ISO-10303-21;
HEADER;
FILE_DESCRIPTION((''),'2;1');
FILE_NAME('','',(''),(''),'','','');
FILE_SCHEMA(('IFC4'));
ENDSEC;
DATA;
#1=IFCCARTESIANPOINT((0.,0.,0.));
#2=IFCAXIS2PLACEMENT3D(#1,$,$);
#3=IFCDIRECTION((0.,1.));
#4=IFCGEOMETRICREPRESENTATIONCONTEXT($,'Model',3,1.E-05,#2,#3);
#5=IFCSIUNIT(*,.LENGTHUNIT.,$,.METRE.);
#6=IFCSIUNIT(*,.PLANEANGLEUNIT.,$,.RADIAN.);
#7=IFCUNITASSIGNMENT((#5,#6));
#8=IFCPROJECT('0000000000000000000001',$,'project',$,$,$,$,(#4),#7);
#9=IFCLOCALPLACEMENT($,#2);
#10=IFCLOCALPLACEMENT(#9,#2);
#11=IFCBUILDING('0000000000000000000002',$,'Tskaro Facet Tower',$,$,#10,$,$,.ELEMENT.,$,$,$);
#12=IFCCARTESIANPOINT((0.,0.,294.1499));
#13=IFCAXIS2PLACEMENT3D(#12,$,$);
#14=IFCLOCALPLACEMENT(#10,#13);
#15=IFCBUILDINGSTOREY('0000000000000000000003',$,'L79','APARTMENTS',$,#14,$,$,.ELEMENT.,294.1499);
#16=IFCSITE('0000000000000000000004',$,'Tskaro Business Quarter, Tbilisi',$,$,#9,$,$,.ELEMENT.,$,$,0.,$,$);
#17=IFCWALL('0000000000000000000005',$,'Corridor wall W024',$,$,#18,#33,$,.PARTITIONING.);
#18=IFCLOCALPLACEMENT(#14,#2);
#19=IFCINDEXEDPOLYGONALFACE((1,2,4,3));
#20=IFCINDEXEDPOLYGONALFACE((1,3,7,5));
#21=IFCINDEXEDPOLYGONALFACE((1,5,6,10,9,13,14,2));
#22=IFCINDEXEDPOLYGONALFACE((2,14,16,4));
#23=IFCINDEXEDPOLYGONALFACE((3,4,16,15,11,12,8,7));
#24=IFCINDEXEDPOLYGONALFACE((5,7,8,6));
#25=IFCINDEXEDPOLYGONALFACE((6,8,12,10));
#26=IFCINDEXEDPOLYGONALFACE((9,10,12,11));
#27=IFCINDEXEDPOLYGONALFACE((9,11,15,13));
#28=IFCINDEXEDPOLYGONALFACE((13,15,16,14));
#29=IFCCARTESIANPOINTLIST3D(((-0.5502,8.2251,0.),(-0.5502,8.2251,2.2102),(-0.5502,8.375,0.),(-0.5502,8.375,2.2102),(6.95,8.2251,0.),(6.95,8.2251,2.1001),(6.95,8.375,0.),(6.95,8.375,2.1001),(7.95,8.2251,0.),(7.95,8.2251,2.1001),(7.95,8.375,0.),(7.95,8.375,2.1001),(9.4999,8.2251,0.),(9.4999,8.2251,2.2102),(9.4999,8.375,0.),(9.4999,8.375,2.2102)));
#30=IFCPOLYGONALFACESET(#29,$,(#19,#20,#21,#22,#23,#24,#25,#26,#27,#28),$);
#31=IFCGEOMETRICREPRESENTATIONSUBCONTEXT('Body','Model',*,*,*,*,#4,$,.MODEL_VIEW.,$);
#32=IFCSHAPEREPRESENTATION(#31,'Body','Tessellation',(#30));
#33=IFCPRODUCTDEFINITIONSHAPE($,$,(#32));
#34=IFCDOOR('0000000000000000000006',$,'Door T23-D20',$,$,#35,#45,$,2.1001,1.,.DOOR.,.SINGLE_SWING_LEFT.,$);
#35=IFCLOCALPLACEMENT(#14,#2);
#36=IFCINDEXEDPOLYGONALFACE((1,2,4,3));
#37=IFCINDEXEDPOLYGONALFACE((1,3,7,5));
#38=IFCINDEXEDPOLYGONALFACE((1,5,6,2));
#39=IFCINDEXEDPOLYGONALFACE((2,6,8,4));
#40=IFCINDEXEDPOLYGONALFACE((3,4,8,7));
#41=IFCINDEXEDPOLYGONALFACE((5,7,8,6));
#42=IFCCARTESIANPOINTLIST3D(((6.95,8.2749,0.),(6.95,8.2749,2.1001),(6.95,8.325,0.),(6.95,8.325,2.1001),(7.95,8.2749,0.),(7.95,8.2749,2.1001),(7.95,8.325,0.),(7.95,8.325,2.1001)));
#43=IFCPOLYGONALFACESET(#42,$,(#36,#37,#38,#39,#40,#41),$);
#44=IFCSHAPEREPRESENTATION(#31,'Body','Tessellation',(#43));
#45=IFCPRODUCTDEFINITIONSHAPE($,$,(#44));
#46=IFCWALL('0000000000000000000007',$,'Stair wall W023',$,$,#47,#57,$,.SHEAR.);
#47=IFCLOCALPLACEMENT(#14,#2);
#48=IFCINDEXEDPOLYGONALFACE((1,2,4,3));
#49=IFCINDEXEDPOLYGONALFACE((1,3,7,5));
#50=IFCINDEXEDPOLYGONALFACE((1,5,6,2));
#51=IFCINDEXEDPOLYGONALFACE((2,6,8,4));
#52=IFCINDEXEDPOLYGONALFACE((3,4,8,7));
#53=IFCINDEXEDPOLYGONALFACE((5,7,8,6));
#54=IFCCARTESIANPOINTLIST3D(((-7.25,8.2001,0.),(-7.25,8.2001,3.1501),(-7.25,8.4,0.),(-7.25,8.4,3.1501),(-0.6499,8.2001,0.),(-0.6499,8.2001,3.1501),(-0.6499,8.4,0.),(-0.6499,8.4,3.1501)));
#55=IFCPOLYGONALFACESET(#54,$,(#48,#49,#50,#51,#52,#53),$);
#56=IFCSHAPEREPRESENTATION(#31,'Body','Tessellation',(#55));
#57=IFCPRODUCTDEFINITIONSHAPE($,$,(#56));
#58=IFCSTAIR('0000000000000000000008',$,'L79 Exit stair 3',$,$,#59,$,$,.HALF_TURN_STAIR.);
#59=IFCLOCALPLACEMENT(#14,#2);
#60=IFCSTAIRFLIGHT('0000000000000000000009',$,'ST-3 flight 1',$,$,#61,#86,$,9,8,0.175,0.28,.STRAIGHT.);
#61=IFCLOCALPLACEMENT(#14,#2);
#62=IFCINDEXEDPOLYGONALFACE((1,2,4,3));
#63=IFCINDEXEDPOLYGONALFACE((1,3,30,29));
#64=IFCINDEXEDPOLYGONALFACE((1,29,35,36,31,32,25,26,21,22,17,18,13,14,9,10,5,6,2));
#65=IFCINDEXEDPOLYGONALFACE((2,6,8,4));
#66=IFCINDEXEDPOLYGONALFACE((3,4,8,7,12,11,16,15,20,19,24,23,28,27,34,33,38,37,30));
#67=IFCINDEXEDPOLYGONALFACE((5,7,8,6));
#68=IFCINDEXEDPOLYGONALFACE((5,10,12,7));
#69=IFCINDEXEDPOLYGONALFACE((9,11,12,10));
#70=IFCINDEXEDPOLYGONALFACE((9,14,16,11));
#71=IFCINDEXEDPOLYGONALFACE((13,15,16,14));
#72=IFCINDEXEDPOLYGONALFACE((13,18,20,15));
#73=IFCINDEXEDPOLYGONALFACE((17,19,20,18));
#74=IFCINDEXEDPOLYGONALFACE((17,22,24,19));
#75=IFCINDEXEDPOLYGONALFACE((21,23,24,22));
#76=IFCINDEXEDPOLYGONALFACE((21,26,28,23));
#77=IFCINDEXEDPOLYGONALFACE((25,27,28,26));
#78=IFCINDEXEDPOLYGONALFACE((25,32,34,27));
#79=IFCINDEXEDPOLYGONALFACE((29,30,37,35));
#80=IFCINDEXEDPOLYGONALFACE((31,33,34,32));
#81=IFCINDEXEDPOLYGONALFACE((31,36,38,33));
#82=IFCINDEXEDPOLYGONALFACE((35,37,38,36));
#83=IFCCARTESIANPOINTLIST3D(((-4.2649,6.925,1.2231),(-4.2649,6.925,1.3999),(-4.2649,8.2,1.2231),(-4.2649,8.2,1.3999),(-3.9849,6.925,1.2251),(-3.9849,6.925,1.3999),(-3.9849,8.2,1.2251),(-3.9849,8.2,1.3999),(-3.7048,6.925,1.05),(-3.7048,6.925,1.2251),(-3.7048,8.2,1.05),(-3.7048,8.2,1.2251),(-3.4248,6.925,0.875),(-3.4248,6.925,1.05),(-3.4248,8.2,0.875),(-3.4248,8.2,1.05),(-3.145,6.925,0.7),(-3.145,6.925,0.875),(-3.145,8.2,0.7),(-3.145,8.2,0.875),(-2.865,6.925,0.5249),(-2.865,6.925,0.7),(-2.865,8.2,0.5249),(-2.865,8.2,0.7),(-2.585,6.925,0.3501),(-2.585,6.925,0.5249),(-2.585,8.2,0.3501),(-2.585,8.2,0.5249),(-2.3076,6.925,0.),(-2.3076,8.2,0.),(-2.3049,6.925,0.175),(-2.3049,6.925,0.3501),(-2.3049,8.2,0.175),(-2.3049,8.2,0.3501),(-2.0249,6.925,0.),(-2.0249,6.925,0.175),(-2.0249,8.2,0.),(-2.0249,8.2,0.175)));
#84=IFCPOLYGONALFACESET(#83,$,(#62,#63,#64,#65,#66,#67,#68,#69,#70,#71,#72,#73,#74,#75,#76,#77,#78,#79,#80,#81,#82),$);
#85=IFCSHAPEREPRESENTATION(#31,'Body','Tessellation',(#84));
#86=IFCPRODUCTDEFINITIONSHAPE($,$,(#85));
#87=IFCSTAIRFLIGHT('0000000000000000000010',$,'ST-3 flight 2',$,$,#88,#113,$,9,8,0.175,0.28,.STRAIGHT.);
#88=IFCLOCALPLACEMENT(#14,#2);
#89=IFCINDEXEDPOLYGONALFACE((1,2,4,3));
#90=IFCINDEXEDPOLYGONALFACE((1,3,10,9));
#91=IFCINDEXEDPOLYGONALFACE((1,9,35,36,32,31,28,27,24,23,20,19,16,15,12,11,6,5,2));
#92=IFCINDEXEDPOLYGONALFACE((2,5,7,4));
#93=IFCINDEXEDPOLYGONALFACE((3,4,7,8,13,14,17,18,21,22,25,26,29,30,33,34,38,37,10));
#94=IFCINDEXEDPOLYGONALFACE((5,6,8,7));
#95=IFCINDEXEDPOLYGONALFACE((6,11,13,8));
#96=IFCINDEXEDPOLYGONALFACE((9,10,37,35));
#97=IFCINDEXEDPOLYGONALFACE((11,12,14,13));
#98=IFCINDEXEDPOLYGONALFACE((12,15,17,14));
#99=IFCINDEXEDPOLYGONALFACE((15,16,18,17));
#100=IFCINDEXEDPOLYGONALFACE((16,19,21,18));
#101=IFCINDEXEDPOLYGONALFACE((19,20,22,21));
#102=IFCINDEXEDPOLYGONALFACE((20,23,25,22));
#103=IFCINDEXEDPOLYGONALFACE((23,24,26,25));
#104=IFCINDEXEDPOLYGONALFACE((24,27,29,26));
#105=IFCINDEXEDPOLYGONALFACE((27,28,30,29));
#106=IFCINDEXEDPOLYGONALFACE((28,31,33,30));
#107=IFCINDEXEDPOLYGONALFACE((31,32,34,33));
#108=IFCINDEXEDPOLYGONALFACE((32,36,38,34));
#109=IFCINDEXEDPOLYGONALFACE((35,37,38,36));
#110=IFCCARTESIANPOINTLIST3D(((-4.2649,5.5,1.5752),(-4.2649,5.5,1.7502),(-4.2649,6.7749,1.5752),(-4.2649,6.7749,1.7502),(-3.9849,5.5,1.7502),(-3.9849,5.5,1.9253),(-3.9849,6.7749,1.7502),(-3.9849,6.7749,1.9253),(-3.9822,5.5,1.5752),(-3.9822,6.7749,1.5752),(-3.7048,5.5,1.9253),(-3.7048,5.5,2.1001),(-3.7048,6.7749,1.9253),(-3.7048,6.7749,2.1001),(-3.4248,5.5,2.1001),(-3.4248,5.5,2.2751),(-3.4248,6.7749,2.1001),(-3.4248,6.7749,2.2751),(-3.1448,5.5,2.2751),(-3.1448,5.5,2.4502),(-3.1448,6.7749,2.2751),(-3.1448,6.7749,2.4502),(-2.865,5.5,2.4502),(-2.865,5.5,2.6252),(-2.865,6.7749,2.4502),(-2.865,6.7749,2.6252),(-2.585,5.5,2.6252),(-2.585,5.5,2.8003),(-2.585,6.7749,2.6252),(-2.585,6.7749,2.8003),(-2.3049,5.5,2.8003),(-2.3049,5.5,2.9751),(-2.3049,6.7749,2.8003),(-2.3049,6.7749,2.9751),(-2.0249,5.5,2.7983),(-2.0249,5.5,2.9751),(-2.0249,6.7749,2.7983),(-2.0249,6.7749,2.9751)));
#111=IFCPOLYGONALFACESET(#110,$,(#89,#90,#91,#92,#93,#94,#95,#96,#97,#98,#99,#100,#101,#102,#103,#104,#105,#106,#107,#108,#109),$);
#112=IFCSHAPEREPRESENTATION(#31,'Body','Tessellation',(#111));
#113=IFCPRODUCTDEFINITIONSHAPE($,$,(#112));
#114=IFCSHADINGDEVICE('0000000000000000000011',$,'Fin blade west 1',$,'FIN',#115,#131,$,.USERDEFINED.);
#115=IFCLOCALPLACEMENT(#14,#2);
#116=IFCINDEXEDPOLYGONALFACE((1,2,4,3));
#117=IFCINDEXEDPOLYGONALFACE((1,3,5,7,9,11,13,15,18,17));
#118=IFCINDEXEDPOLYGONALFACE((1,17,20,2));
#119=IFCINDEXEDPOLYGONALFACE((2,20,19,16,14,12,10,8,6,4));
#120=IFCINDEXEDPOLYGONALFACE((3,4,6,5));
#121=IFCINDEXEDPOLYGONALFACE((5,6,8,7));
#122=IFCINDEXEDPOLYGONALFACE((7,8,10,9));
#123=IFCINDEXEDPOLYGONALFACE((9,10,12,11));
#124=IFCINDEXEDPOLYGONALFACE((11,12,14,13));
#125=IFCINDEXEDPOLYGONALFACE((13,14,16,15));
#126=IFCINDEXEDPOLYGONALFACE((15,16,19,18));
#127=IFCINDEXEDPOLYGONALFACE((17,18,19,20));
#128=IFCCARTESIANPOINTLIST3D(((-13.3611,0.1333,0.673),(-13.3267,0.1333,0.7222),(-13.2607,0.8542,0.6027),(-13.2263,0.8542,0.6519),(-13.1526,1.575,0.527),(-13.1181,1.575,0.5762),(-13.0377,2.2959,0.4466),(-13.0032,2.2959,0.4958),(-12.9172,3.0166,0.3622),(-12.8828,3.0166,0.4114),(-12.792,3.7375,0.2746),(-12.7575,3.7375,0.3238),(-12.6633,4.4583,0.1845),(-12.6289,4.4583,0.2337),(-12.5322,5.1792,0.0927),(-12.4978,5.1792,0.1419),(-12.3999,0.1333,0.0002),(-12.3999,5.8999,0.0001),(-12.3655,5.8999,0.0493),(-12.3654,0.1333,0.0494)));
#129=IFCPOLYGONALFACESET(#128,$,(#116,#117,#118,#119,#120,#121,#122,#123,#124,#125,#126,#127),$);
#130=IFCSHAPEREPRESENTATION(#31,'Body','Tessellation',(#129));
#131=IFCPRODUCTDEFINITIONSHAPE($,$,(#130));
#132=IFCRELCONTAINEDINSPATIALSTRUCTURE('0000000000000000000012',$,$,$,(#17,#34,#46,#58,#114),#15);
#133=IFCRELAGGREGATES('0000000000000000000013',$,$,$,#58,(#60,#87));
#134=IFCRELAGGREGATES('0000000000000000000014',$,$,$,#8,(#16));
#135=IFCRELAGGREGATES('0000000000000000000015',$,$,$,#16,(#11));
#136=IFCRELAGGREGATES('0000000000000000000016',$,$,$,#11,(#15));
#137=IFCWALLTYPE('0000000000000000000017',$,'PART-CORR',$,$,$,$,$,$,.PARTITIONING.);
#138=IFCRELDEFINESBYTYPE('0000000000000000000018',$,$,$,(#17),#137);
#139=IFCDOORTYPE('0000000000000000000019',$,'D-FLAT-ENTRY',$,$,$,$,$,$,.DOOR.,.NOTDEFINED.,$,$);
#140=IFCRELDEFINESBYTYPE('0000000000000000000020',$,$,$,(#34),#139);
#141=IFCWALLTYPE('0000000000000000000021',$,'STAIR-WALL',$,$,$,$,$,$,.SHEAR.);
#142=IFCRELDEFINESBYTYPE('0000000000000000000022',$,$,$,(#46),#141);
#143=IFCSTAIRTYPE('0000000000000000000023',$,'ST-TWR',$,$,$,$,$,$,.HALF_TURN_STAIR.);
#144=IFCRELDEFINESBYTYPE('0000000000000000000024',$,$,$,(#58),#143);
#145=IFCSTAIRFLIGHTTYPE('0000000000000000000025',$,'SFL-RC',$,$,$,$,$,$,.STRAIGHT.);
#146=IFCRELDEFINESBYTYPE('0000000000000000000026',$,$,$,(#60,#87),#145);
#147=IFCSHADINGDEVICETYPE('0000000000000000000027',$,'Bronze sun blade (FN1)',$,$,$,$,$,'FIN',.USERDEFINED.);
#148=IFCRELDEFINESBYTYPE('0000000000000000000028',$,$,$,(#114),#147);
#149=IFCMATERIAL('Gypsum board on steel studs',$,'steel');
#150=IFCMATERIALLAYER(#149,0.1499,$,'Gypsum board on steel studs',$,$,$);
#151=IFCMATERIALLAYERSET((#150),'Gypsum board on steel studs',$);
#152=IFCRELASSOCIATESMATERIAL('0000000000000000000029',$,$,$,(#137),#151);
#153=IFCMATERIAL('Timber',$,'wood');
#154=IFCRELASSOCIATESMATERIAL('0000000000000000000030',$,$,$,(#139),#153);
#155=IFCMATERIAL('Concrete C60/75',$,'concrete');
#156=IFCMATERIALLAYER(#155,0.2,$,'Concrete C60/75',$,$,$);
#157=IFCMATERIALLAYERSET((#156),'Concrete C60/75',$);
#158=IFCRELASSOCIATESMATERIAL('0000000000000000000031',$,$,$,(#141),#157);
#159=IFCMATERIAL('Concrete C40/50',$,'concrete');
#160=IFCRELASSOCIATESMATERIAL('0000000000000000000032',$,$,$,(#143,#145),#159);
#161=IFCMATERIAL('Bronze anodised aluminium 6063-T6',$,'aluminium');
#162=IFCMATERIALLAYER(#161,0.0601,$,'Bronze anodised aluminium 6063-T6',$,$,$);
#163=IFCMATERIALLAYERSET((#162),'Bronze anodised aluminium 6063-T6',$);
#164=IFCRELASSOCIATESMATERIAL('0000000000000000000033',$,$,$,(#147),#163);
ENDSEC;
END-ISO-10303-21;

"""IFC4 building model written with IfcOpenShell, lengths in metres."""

from ifc_helpers import new_model, si_unit, direction, frame, frame_2d, origin, place, context, subcontext, project, spatial, polyline, rectangle, outline, extrude, material, layer, layer_set, type_object, element, fill, aggregate, save


model = new_model("IFC4")

# Units and contexts
model_context = context("Model", 3, precision=1e-05, world=origin(), true_north=direction((0.0, 1.0)))
body_context = subcontext(model_context, "Body", "Model", "MODEL_VIEW")
ifc_project = project(units=[si_unit("LENGTHUNIT", "METRE"), si_unit("PLANEANGLEUNIT", "RADIAN")], contexts=[model_context])

# Site, building, storey
site_placement = place(None, origin())
site = spatial("IfcSite", under=ifc_project, at=site_placement, Name="Tskaro Business Quarter, Tbilisi", CompositionType="ELEMENT", RefElevation=0.0)
building_placement = place(site_placement, origin())
building = spatial("IfcBuilding", under=site, at=building_placement, Name="Tskaro Facet Tower", CompositionType="ELEMENT")
storey_placement = place(building_placement, frame((0.0, 0.0, 294.1499)))
storey = spatial("IfcBuildingStorey", under=building, at=storey_placement, Name="L79", Description="APARTMENTS", CompositionType="ELEMENT", Elevation=294.1499)

# Shared definitions
ifc_material_1 = material(Name="Bronze anodised aluminium 6063-T6", Category="aluminium")

# Shared definitions
ifc_material_2 = material(Name="Gypsum board on steel studs", Category="steel")

# Shared definitions
ifc_material_3 = material(Name="Timber", Category="wood")

# Wall, opening, door
ifc_layer_1 = layer(ifc_material_2, 0.1499, Name="Gypsum board on steel studs")
ifc_layer_set_1 = layer_set([ifc_layer_1], Name="Gypsum board on steel studs")
wall_type_1 = type_object("IfcWallType", Name="PART-CORR", PredefinedType="PARTITIONING", material=ifc_layer_set_1)
door_type_1 = type_object("IfcDoorType", Name="D-FLAT-ENTRY", OperationType="NOTDEFINED", PredefinedType="DOOR", material=ifc_material_3)
wall_1_placement = place(storey_placement, frame((-0.55, 8.3, 0.0), z_axis=(0.0, 0.0, 1.0), x_axis=(1.0, 0.0, 0.0)))
wall_1 = element("IfcWall", 1, at=wall_1_placement, inside=storey, type_object=wall_type_1, Name="Corridor wall W024", PredefinedType="PARTITIONING", context=body_context, shape_type="SweptSolid", body=[
    extrude(rectangle(XDim=10.05, YDim=0.1499, at=frame_2d((5.0249, 0.0))), origin(), (0.0, 0.0, 1.0), 2.2102),
])
opening_1_placement = place(wall_1_placement, frame((7.5, 0.0, 0.0)))
opening_1 = element("IfcOpeningElement", 2, at=opening_1_placement, cuts=wall_1, PredefinedType="OPENING", context=body_context, shape_type="SweptSolid", body=[
    extrude(rectangle(XDim=1.0, YDim=2.1001, at=frame_2d((0.5, 1.05))), frame((0.0, 0.085, 0.0), z_axis=(0.0, -1.0, 0.0), x_axis=(1.0, 0.0, 0.0)), (0.0, 0.0, 1.0), 0.1699),
])
door_1_placement = place(opening_1_placement, origin())
door_1 = element("IfcDoor", 3, at=door_1_placement, inside=storey, type_object=door_type_1, Name="Door T23-D20", OperationType="SINGLE_SWING_LEFT", OverallHeight=2.1001, OverallWidth=1.0, PredefinedType="DOOR", context=body_context, shape_type="SweptSolid", body=[
    extrude(rectangle(XDim=1.0, YDim=2.1001, at=frame_2d((0.5, 1.05))), frame((0.0, 0.0249, 0.0), z_axis=(0.0, -1.0, 0.0), x_axis=(1.0, 0.0, 0.0)), (0.0, 0.0, 1.0), 0.05),
])
fill(opening_1, door_1)

# Wall
ifc_material_4 = material(Name="Concrete C60/75", Category="concrete")
ifc_layer_2 = layer(ifc_material_4, 0.2, Name="Concrete C60/75")
ifc_layer_set_2 = layer_set([ifc_layer_2], Name="Concrete C60/75")
wall_type_2 = type_object("IfcWallType", Name="STAIR-WALL", PredefinedType="SHEAR", material=ifc_layer_set_2)
wall_2_placement = place(storey_placement, frame((-7.25, 8.3, 0.0), z_axis=(0.0, 0.0, 1.0), x_axis=(1.0, 0.0, 0.0)))
element("IfcWall", 4, at=wall_2_placement, inside=storey, type_object=wall_type_2, Name="Stair wall W023", PredefinedType="SHEAR", context=body_context, shape_type="SweptSolid", body=[
    extrude(rectangle(XDim=6.6001, YDim=0.2, at=frame_2d((3.3, 0.0))), origin(), (0.0, 0.0, 1.0), 3.1501),
])

# Stair, stair flights
ifc_material_5 = material(Name="Concrete C40/50", Category="concrete")
stair_type = type_object("IfcStairType", Name="ST-TWR", PredefinedType="HALF_TURN_STAIR", material=ifc_material_5)
stair_placement = place(storey_placement, origin())
stair = element("IfcStair", 5, at=stair_placement, inside=storey, type_object=stair_type, Name="L79 Exit stair 3", PredefinedType="HALF_TURN_STAIR")
stair_flight_type = type_object("IfcStairFlightType", Name="SFL-RC", PredefinedType="STRAIGHT", material=ifc_material_5)
stair_flight_1_placement = place(storey_placement, frame((-2.0249, 7.5625, 0.0), z_axis=(0.0, 0.0, 1.0), x_axis=(-1.0, 0.0, 0.0)))
stair_flight_1 = element("IfcStairFlight", 6, at=stair_flight_1_placement, type_object=stair_flight_type, Name="ST-3 flight 1", NumberOfRisers=9, NumberOfTreads=8, PredefinedType="STRAIGHT", RiserHeight=0.175, TreadLength=0.28, context=body_context, shape_type="SweptSolid", body=[
    extrude(outline(polyline([(0.0, 0.0), (0.0, 0.175), (0.28, 0.175), (0.28, 0.3501), (0.5601, 0.3501), (0.5601, 0.5249), (0.8401, 0.5249), (0.8401, 0.7), (1.1201, 0.7), (1.1201, 0.875), (1.3999, 0.875), (1.3999, 1.05), (1.6799, 1.05), (1.6799, 1.2251), (1.96, 1.2251), (1.96, 1.3999), (2.24, 1.3999), (2.24, 1.575), (2.24, 1.2231), (0.2827, 0.0), (0.0, 0.0)])), frame((0.0, 0.6375, 0.0), z_axis=(0.0, -1.0, 0.0), x_axis=(1.0, 0.0, 0.0)), (0.0, 0.0, 1.0), 1.2749),
])
stair_flight_2_placement = place(storey_placement, frame((-4.2649, 6.1375, 1.5752), z_axis=(0.0, 0.0, 1.0), x_axis=(1.0, 0.0, 0.0)))
stair_flight_2 = element("IfcStairFlight", 7, at=stair_flight_2_placement, type_object=stair_flight_type, Name="ST-3 flight 2", NumberOfRisers=9, NumberOfTreads=8, PredefinedType="STRAIGHT", RiserHeight=0.175, TreadLength=0.28, context=body_context, shape_type="SweptSolid", body=[
    extrude(outline(polyline([(0.0, 0.0), (0.0, 0.175), (0.28, 0.175), (0.28, 0.3501), (0.5601, 0.3501), (0.5601, 0.5249), (0.8401, 0.5249), (0.8401, 0.7), (1.1201, 0.7), (1.1201, 0.875), (1.3999, 0.875), (1.3999, 1.05), (1.6799, 1.05), (1.6799, 1.2251), (1.96, 1.2251), (1.96, 1.3999), (2.24, 1.3999), (2.24, 1.575), (2.24, 1.2231), (0.2827, 0.0), (0.0, 0.0)])), frame((0.0, 0.6375, 0.0), z_axis=(0.0, -1.0, 0.0), x_axis=(1.0, 0.0, 0.0)), (0.0, 0.0, 1.0), 1.2749),
])
aggregate(stair, [stair_flight_1, stair_flight_2])

# Shading device
ifc_layer_3 = layer(ifc_material_1, 0.0601, Name="Bronze anodised aluminium 6063-T6")
ifc_layer_set_3 = layer_set([ifc_layer_3], Name="Bronze anodised aluminium 6063-T6")
shading_device_type = type_object("IfcShadingDeviceType", Name="Bronze sun blade (FN1)", ElementType="FIN", PredefinedType="USERDEFINED", material=ifc_layer_set_3)
shading_device_placement = place(storey_placement, frame((-12.3655, 5.8999, 0.0493), z_axis=(0.573434, 0.000011, 0.819252), x_axis=(0.000006, -1.0, 0.000009)))
element("IfcShadingDevice", 8, at=shading_device_placement, inside=storey, type_object=shading_device_type, Name="Fin blade west 1", ObjectType="FIN", PredefinedType="USERDEFINED", context=body_context, shape_type="SweptSolid", body=[
    extrude(outline(polyline([(0.0, 0.0), (5.7666, 0.0), (5.7666, -1.1733), (5.0457, -1.0508), (4.325, -0.9188), (3.604, -0.7785), (2.8833, -0.6314), (2.1624, -0.4786), (1.4417, -0.3215), (0.7207, -0.1615), (0.0, 0.0)])), origin(), (0.0, 0.0, -1.0), 0.0601),
])

save(model, "model.ifc")
